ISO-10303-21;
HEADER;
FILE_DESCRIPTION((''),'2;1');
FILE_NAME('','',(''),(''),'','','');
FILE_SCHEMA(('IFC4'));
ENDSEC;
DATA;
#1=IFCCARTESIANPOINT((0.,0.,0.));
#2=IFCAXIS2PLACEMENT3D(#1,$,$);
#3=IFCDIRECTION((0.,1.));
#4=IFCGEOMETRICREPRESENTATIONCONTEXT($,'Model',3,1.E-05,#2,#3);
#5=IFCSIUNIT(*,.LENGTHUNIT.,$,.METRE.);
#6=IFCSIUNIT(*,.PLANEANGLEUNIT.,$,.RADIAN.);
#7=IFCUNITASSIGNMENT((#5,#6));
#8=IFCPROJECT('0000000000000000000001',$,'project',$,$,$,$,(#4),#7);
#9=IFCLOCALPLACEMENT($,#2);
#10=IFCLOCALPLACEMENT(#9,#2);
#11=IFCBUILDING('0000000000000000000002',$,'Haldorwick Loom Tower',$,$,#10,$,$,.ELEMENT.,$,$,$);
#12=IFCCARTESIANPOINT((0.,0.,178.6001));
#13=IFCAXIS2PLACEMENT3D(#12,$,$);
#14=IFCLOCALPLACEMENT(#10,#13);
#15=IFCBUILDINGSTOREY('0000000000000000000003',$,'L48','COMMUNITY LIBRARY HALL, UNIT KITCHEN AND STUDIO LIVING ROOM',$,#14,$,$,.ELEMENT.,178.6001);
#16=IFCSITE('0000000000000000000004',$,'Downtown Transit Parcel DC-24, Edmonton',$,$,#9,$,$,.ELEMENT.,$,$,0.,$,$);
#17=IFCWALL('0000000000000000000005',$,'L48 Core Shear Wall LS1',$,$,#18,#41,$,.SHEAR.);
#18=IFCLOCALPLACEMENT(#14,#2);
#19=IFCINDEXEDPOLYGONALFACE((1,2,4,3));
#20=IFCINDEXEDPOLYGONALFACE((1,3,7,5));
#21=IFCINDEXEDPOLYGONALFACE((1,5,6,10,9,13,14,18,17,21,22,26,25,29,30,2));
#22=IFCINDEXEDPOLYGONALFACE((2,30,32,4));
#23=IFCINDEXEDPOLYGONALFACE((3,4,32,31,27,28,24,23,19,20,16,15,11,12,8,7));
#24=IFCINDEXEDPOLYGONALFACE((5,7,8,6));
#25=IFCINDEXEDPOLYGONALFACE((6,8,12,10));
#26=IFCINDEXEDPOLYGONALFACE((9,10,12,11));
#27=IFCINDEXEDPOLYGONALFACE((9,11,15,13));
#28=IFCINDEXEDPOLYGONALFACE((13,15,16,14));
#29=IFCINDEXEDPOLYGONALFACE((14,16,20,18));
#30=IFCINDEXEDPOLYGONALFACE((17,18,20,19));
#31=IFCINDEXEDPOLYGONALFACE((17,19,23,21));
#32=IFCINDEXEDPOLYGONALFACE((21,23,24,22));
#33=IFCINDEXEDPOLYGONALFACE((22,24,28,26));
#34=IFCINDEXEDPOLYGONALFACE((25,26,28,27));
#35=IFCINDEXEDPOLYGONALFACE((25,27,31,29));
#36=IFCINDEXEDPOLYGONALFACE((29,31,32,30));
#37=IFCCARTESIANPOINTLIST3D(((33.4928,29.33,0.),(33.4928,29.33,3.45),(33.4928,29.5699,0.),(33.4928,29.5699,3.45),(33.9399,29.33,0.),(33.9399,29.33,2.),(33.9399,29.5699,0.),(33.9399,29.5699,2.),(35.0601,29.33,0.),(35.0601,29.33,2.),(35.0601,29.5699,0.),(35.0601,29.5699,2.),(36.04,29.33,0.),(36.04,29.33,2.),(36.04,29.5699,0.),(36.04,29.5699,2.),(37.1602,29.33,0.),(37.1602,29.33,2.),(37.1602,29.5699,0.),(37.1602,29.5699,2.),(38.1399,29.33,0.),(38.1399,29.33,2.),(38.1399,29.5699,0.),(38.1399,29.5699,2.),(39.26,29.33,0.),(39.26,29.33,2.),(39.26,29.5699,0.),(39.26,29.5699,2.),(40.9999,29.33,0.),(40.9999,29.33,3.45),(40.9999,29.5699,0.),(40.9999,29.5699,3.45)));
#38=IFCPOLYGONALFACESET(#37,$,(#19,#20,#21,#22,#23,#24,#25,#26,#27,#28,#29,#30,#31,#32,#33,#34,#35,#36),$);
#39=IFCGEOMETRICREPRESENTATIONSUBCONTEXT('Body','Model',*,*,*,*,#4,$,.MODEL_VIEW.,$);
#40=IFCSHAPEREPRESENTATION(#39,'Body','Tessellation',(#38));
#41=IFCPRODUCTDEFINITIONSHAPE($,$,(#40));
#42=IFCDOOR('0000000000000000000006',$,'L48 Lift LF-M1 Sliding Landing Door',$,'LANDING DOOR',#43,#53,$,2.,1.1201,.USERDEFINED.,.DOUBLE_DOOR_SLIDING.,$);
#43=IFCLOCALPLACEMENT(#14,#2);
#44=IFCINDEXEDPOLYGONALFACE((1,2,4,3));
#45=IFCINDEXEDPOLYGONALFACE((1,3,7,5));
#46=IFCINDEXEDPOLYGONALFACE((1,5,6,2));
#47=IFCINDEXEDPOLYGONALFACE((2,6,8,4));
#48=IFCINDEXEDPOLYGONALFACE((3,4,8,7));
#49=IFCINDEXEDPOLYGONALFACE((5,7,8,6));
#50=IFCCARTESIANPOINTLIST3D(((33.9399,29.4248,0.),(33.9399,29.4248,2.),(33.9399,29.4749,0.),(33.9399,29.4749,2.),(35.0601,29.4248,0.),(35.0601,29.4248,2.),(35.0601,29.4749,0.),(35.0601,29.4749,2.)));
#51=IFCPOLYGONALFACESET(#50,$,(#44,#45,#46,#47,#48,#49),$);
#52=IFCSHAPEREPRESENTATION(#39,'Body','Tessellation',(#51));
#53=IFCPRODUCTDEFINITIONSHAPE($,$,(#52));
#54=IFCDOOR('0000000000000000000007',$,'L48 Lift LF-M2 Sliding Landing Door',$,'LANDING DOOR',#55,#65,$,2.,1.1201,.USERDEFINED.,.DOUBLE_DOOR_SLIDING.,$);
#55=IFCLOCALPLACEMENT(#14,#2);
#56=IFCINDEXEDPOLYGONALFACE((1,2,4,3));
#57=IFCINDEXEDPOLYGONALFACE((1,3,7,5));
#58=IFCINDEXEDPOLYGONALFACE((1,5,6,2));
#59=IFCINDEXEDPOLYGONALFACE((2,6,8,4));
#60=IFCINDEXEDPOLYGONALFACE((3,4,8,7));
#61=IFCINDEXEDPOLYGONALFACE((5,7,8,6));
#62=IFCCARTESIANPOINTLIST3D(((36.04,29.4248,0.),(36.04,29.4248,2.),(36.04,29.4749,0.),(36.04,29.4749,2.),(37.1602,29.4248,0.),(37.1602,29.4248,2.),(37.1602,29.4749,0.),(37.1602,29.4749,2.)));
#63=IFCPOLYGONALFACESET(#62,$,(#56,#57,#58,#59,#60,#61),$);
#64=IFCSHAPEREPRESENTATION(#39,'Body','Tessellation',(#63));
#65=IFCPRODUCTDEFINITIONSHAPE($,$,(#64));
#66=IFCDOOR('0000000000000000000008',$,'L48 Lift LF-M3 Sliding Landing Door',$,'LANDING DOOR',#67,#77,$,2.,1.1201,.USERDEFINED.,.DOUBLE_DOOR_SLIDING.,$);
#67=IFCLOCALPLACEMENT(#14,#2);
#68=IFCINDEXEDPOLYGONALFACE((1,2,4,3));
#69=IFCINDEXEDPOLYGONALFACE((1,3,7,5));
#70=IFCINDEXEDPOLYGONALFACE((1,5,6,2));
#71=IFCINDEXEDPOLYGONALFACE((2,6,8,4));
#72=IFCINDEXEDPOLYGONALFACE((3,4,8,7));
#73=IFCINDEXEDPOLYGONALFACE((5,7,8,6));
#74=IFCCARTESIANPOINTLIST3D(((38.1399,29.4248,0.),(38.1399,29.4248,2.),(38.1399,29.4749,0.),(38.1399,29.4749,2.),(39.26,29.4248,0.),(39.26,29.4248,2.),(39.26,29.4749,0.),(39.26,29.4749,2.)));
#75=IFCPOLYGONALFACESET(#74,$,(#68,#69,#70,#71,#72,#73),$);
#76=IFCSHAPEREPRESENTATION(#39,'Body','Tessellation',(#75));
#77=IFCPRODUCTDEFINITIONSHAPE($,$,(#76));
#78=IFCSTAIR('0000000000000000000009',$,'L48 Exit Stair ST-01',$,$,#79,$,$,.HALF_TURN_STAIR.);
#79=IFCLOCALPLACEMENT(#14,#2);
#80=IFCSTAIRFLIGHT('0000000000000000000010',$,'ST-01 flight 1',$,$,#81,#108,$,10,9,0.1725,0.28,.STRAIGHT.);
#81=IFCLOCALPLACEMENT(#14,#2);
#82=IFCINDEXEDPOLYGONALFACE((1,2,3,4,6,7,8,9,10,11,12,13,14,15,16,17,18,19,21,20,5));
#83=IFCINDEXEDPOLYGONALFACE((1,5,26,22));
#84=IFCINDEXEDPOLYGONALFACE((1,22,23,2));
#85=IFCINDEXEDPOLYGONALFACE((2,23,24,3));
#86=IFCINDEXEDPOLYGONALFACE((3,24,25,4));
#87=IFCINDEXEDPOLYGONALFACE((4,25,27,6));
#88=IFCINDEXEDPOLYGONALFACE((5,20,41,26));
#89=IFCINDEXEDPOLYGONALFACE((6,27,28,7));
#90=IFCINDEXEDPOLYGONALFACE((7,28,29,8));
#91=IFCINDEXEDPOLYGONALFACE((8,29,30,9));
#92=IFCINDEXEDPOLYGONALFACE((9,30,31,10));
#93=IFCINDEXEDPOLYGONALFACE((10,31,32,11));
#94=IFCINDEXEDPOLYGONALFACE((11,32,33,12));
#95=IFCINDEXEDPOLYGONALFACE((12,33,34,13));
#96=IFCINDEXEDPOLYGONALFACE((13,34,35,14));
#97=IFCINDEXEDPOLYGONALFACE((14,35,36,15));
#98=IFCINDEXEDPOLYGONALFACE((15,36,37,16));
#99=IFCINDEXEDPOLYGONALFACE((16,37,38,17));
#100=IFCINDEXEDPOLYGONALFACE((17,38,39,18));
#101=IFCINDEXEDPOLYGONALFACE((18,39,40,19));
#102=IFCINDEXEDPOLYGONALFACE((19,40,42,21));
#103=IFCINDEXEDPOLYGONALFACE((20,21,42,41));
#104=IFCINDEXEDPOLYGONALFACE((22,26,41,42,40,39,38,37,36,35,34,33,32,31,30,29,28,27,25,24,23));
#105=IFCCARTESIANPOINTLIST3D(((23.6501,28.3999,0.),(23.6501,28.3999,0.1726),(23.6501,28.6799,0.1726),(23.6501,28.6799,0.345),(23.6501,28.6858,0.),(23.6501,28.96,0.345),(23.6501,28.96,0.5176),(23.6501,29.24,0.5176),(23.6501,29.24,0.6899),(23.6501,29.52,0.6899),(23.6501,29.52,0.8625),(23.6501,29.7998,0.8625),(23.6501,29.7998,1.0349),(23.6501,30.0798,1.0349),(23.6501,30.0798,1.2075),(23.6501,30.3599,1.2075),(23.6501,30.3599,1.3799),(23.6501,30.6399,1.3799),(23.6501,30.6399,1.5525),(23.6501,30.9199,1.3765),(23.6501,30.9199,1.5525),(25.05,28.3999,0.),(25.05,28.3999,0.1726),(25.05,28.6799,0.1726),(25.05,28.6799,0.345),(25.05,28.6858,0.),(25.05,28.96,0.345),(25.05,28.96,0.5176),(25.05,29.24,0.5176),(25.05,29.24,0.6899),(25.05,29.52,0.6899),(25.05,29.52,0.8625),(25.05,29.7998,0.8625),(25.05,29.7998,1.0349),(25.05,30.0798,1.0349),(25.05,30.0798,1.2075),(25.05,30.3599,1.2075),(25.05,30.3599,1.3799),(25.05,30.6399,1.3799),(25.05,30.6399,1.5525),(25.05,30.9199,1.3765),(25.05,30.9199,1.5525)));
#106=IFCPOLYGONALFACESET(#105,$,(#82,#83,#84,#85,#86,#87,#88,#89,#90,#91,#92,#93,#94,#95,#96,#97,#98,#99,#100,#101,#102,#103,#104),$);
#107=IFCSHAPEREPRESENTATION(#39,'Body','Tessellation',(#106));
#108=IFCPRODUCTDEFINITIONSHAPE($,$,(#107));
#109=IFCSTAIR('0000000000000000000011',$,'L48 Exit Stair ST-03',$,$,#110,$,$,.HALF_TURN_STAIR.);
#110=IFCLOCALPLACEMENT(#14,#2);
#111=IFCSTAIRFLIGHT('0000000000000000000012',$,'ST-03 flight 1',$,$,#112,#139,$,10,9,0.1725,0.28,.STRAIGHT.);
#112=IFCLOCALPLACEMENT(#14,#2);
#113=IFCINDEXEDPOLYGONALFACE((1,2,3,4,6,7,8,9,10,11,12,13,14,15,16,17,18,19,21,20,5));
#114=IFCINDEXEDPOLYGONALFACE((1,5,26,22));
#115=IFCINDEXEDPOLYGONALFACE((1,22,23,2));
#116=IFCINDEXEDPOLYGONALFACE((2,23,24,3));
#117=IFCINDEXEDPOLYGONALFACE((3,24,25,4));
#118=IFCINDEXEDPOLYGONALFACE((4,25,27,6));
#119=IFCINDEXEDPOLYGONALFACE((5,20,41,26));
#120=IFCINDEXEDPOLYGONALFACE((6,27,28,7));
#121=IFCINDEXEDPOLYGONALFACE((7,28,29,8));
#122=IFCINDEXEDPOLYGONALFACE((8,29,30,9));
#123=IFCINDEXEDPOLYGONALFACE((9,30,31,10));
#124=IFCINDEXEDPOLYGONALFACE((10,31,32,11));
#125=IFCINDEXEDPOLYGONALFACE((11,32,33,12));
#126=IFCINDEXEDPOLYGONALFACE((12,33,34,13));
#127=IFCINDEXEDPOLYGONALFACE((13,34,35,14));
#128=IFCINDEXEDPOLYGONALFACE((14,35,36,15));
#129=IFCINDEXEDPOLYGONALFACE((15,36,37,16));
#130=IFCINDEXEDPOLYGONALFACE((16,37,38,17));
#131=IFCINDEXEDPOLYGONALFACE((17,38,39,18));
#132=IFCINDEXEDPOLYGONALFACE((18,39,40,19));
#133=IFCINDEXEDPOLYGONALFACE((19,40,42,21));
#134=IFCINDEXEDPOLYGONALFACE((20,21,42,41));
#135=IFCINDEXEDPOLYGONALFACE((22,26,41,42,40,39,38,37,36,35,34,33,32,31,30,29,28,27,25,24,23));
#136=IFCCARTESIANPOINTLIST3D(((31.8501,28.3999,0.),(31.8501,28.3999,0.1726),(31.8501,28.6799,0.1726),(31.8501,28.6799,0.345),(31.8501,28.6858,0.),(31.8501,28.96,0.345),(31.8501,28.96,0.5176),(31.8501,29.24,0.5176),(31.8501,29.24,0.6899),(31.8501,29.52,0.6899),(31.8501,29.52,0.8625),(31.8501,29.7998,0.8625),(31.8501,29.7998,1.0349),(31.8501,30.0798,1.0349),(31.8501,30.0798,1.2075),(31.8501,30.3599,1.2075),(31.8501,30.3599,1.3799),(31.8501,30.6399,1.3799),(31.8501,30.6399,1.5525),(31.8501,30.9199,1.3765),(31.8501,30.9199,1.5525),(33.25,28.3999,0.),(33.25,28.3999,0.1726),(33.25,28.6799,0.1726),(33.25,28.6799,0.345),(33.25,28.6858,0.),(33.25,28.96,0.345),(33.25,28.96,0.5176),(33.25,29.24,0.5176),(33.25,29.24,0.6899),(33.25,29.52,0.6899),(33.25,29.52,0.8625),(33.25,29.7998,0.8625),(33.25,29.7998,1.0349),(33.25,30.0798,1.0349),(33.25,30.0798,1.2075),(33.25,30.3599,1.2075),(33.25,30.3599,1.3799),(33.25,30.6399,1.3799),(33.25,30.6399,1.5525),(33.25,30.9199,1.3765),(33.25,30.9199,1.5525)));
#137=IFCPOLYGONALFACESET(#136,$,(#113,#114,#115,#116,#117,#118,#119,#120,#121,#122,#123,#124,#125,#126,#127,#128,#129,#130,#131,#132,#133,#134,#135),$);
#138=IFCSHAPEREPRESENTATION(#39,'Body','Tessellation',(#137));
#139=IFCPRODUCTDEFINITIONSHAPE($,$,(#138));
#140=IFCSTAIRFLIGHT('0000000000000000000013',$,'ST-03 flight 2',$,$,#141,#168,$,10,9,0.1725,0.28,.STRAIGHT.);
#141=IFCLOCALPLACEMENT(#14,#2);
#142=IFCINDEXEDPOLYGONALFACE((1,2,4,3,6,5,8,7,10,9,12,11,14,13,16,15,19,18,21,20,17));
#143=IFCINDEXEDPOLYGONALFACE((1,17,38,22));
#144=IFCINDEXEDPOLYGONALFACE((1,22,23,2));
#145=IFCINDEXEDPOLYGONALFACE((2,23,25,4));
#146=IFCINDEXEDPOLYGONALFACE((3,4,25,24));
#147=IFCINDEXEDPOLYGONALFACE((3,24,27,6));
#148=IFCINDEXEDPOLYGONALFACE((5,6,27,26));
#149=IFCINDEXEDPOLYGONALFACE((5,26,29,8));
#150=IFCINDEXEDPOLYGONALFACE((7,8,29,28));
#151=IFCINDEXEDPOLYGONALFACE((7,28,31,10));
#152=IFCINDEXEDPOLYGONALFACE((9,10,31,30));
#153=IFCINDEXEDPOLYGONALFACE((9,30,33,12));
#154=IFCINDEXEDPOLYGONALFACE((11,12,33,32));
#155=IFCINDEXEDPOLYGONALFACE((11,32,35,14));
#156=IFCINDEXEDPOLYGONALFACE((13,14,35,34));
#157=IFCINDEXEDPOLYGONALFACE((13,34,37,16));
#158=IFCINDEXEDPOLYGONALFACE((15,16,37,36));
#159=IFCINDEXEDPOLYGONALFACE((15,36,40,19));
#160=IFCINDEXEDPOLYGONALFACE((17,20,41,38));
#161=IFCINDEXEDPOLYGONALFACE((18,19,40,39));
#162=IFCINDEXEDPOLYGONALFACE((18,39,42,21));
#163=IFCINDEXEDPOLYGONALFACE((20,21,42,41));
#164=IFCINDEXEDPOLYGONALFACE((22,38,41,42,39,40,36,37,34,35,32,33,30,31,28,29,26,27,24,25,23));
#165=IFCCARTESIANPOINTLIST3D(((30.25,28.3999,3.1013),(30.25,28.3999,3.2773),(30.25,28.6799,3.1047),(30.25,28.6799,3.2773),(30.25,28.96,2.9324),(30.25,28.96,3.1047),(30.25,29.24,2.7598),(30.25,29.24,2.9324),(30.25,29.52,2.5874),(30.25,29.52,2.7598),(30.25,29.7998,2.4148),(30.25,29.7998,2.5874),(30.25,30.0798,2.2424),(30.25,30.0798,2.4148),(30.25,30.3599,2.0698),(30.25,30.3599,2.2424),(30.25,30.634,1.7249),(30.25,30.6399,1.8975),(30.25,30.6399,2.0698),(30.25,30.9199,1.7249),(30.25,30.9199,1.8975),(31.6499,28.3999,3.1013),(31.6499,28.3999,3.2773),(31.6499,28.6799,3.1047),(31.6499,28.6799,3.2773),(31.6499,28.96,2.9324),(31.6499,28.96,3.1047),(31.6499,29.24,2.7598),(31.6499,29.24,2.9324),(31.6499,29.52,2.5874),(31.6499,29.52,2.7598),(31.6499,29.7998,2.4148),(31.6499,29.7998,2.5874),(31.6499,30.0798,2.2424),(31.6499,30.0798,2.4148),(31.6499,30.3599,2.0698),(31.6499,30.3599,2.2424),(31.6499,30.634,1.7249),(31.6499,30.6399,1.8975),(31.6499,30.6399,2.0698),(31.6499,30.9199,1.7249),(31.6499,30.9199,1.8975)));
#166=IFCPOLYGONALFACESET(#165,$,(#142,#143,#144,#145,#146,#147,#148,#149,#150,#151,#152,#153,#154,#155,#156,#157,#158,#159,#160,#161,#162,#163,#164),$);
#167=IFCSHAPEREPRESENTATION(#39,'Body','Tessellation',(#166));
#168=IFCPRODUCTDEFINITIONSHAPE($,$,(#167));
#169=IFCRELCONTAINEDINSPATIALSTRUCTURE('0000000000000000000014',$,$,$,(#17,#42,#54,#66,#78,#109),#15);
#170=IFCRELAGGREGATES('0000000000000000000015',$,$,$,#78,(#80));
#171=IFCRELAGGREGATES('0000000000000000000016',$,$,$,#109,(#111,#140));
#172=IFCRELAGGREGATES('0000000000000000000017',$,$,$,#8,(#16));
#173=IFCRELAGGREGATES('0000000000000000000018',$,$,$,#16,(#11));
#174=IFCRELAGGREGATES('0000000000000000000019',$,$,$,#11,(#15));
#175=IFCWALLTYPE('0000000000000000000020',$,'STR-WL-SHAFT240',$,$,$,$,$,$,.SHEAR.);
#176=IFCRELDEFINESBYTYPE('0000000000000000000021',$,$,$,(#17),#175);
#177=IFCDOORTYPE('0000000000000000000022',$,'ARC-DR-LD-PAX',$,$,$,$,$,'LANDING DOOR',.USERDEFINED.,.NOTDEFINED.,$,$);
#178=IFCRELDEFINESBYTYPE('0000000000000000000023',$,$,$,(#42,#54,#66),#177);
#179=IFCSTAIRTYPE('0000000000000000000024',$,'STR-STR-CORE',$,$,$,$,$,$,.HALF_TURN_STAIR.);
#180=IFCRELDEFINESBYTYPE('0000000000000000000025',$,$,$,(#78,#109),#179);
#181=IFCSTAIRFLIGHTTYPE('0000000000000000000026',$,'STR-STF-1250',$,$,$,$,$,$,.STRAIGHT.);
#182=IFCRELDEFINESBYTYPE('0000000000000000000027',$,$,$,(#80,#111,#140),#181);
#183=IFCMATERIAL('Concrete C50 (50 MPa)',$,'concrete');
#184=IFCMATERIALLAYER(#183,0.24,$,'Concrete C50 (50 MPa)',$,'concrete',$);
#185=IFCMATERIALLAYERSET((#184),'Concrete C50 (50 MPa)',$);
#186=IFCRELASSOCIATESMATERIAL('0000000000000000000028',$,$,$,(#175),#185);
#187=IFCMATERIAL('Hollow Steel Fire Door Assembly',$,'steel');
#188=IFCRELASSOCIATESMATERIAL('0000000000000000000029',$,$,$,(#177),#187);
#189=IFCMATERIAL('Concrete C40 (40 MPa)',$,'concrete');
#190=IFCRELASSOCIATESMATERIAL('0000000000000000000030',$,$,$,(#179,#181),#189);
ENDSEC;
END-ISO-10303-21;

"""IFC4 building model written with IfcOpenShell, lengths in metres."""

from ifc_helpers import new_model, si_unit, direction, frame, frame_2d, origin, place, context, subcontext, project, spatial, polyline, rectangle, outline, extrude, material, layer, layer_set, type_object, element, fill, aggregate, save


model = new_model("IFC4")

# Units and contexts
model_context = context("Model", 3, precision=1e-05, world=origin(), true_north=direction((0.0, 1.0)))
body_context = subcontext(model_context, "Body", "Model", "MODEL_VIEW")
ifc_project = project(units=[si_unit("LENGTHUNIT", "METRE"), si_unit("PLANEANGLEUNIT", "RADIAN")], contexts=[model_context])

# Site, building, storey
site_placement = place(None, origin())
site = spatial("IfcSite", under=ifc_project, at=site_placement, Name="Downtown Transit Parcel DC-24, Edmonton", CompositionType="ELEMENT", RefElevation=0.0)
building_placement = place(site_placement, origin())
building = spatial("IfcBuilding", under=site, at=building_placement, Name="Haldorwick Loom Tower", CompositionType="ELEMENT")
storey_placement = place(building_placement, frame((0.0, 0.0, 178.6001)))
storey = spatial("IfcBuildingStorey", under=building, at=storey_placement, Name="L48", Description="COMMUNITY LIBRARY HALL, UNIT KITCHEN AND STUDIO LIVING ROOM", CompositionType="ELEMENT", Elevation=178.6001)

# Shared definitions
ifc_material_1 = material(Name="Concrete C50 (50 MPa)", Category="concrete")
ifc_layer_1 = layer(ifc_material_1, 0.24, Name="Concrete C50 (50 MPa)", Category="concrete")
ifc_layer_set_1 = layer_set([ifc_layer_1], Name="Concrete C50 (50 MPa)")
wall_type_1 = type_object("IfcWallType", Name="STR-WL-SHAFT240", PredefinedType="SHEAR", material=ifc_layer_set_1)

# Shared definitions
ifc_material_2 = material(Name="Hollow Steel Fire Door Assembly", Category="steel")

# Wall, openings, doors
wall_1_placement = place(storey_placement, frame((33.4929, 29.45, 0.0), z_axis=(0.0, 0.0, 1.0), x_axis=(1.0, 0.0, 0.0)))
wall_1 = element("IfcWall", 1, at=wall_1_placement, inside=storey, type_object=wall_type_1, Name="L48 Core Shear Wall LS1", PredefinedType="SHEAR", context=body_context, shape_type="SweptSolid", body=[
    extrude(rectangle(XDim=7.5071, YDim=0.24, at=frame_2d((3.7534, 0.0))), origin(), (0.0, 0.0, 1.0), 3.45),
])
opening_1_placement = place(wall_1_placement, frame((0.447, 0.0, 0.0)))
opening_1 = element("IfcOpeningElement", 2, at=opening_1_placement, cuts=wall_1, PredefinedType="OPENING", context=body_context, shape_type="SweptSolid", body=[
    extrude(rectangle(XDim=1.1201, YDim=2.0, at=frame_2d((0.5601, 1.0))), frame((0.0, 0.1299, 0.0), z_axis=(0.0, -1.0, 0.0), x_axis=(1.0, 0.0, 0.0)), (0.0, 0.0, 1.0), 0.26),
])
opening_2_placement = place(wall_1_placement, frame((2.5471, 0.0, 0.0)))
opening_2 = element("IfcOpeningElement", 3, at=opening_2_placement, cuts=wall_1, PredefinedType="OPENING", context=body_context, shape_type="SweptSolid", body=[
    extrude(rectangle(XDim=1.1201, YDim=2.0, at=frame_2d((0.5601, 1.0))), frame((0.0, 0.1299, 0.0), z_axis=(0.0, -1.0, 0.0), x_axis=(1.0, 0.0, 0.0)), (0.0, 0.0, 1.0), 0.26),
])
opening_3_placement = place(wall_1_placement, frame((4.647, 0.0, 0.0)))
opening_3 = element("IfcOpeningElement", 4, at=opening_3_placement, cuts=wall_1, PredefinedType="OPENING", context=body_context, shape_type="SweptSolid", body=[
    extrude(rectangle(XDim=1.1201, YDim=2.0, at=frame_2d((0.5601, 1.0))), frame((0.0, 0.1299, 0.0), z_axis=(0.0, -1.0, 0.0), x_axis=(1.0, 0.0, 0.0)), (0.0, 0.0, 1.0), 0.26),
])
door_type_1 = type_object("IfcDoorType", Name="ARC-DR-LD-PAX", ElementType="LANDING DOOR", OperationType="NOTDEFINED", PredefinedType="USERDEFINED", material=ifc_material_2)
door_1_placement = place(opening_1_placement, origin())
door_1 = element("IfcDoor", 5, at=door_1_placement, inside=storey, type_object=door_type_1, Name="L48 Lift LF-M1 Sliding Landing Door", ObjectType="LANDING DOOR", OperationType="DOUBLE_DOOR_SLIDING", OverallHeight=2.0, OverallWidth=1.1201, PredefinedType="USERDEFINED", context=body_context, shape_type="SweptSolid", body=[
    extrude(rectangle(XDim=1.1201, YDim=2.0, at=frame_2d((0.5601, 1.0))), frame((0.0, 0.0249, 0.0), z_axis=(0.0, -1.0, 0.0), x_axis=(1.0, 0.0, 0.0)), (0.0, 0.0, 1.0), 0.05),
])
fill(opening_1, door_1)
door_2_placement = place(opening_2_placement, origin())
door_2 = element("IfcDoor", 6, at=door_2_placement, inside=storey, type_object=door_type_1, Name="L48 Lift LF-M2 Sliding Landing Door", ObjectType="LANDING DOOR", OperationType="DOUBLE_DOOR_SLIDING", OverallHeight=2.0, OverallWidth=1.1201, PredefinedType="USERDEFINED", context=body_context, shape_type="SweptSolid", body=[
    extrude(rectangle(XDim=1.1201, YDim=2.0, at=frame_2d((0.5601, 1.0))), frame((0.0, 0.0249, 0.0), z_axis=(0.0, -1.0, 0.0), x_axis=(1.0, 0.0, 0.0)), (0.0, 0.0, 1.0), 0.05),
])
fill(opening_2, door_2)
door_3_placement = place(opening_3_placement, origin())
door_3 = element("IfcDoor", 7, at=door_3_placement, inside=storey, type_object=door_type_1, Name="L48 Lift LF-M3 Sliding Landing Door", ObjectType="LANDING DOOR", OperationType="DOUBLE_DOOR_SLIDING", OverallHeight=2.0, OverallWidth=1.1201, PredefinedType="USERDEFINED", context=body_context, shape_type="SweptSolid", body=[
    extrude(rectangle(XDim=1.1201, YDim=2.0, at=frame_2d((0.5601, 1.0))), frame((0.0, 0.0249, 0.0), z_axis=(0.0, -1.0, 0.0), x_axis=(1.0, 0.0, 0.0)), (0.0, 0.0, 1.0), 0.05),
])
fill(opening_3, door_3)

# Stair, stair flight
ifc_material_3 = material(Name="Concrete C40 (40 MPa)", Category="concrete")
stair_type = type_object("IfcStairType", Name="STR-STR-CORE", PredefinedType="HALF_TURN_STAIR", material=ifc_material_3)
stair_1_placement = place(storey_placement, origin())
stair_1 = element("IfcStair", 8, at=stair_1_placement, inside=storey, type_object=stair_type, Name="L48 Exit Stair ST-01", PredefinedType="HALF_TURN_STAIR")
stair_flight_type = type_object("IfcStairFlightType", Name="STR-STF-1250", PredefinedType="STRAIGHT", material=ifc_material_3)
stair_flight_1_placement = place(storey_placement, frame((24.3501, 28.3999, 0.0), z_axis=(0.0, 0.0, 1.0), x_axis=(0.0, 1.0, 0.0)))
stair_flight_1 = element("IfcStairFlight", 9, at=stair_flight_1_placement, type_object=stair_flight_type, Name="ST-01 flight 1", NumberOfRisers=10, NumberOfTreads=9, PredefinedType="STRAIGHT", RiserHeight=0.1725, TreadLength=0.28, context=body_context, shape_type="SweptSolid", body=[
    extrude(outline(polyline([(0.0, 0.0), (0.0, 0.1726), (0.28, 0.1726), (0.28, 0.345), (0.5601, 0.345), (0.5601, 0.5176), (0.8401, 0.5176), (0.8401, 0.6899), (1.1201, 0.6899), (1.1201, 0.8625), (1.3999, 0.8625), (1.3999, 1.0349), (1.6799, 1.0349), (1.6799, 1.2075), (1.96, 1.2075), (1.96, 1.3799), (2.24, 1.3799), (2.24, 1.5525), (2.52, 1.5525), (2.52, 1.7251), (2.52, 1.3765), (0.2859, 0.0), (0.0, 0.0)])), frame((0.0, 0.7, 0.0), z_axis=(0.0, -1.0, 0.0), x_axis=(1.0, 0.0, 0.0)), (0.0, 0.0, 1.0), 1.3999),
])
aggregate(stair_1, [stair_flight_1])

# Stair, stair flights
stair_2_placement = place(storey_placement, origin())
stair_2 = element("IfcStair", 10, at=stair_2_placement, inside=storey, type_object=stair_type, Name="L48 Exit Stair ST-03", PredefinedType="HALF_TURN_STAIR")
stair_flight_2_placement = place(storey_placement, frame((32.55, 28.3999, 0.0), z_axis=(0.0, 0.0, 1.0), x_axis=(0.0, 1.0, 0.0)))
stair_flight_2 = element("IfcStairFlight", 11, at=stair_flight_2_placement, type_object=stair_flight_type, Name="ST-03 flight 1", NumberOfRisers=10, NumberOfTreads=9, PredefinedType="STRAIGHT", RiserHeight=0.1725, TreadLength=0.28, context=body_context, shape_type="SweptSolid", body=[
    extrude(outline(polyline([(0.0, 0.0), (0.0, 0.1726), (0.28, 0.1726), (0.28, 0.345), (0.5601, 0.345), (0.5601, 0.5176), (0.8401, 0.5176), (0.8401, 0.6899), (1.1201, 0.6899), (1.1201, 0.8625), (1.3999, 0.8625), (1.3999, 1.0349), (1.6799, 1.0349), (1.6799, 1.2075), (1.96, 1.2075), (1.96, 1.3799), (2.24, 1.3799), (2.24, 1.5525), (2.52, 1.5525), (2.52, 1.7251), (2.52, 1.3765), (0.2859, 0.0), (0.0, 0.0)])), frame((0.0, 0.7, 0.0), z_axis=(0.0, -1.0, 0.0), x_axis=(1.0, 0.0, 0.0)), (0.0, 0.0, 1.0), 1.3999),
])
stair_flight_3_placement = place(storey_placement, frame((30.95, 30.9199, 1.7249), z_axis=(0.0, 0.0, 1.0), x_axis=(0.0, -1.0, 0.0)))
stair_flight_3 = element("IfcStairFlight", 12, at=stair_flight_3_placement, type_object=stair_flight_type, Name="ST-03 flight 2", NumberOfRisers=10, NumberOfTreads=9, PredefinedType="STRAIGHT", RiserHeight=0.1725, TreadLength=0.28, context=body_context, shape_type="SweptSolid", body=[
    extrude(outline(polyline([(0.0, 0.0), (0.0, 0.1726), (0.28, 0.1726), (0.28, 0.345), (0.5601, 0.345), (0.5601, 0.5176), (0.8401, 0.5176), (0.8401, 0.6899), (1.1201, 0.6899), (1.1201, 0.8625), (1.3999, 0.8625), (1.3999, 1.0349), (1.6799, 1.0349), (1.6799, 1.2075), (1.96, 1.2075), (1.96, 1.3799), (2.24, 1.3799), (2.24, 1.5525), (2.52, 1.5525), (2.52, 1.7251), (2.52, 1.3765), (0.2859, 0.0), (0.0, 0.0)])), frame((0.0, 0.7, 0.0), z_axis=(0.0, -1.0, 0.0), x_axis=(1.0, 0.0, 0.0)), (0.0, 0.0, 1.0), 1.3999),
])
aggregate(stair_2, [stair_flight_2, stair_flight_3])

save(model, "model.ifc")
